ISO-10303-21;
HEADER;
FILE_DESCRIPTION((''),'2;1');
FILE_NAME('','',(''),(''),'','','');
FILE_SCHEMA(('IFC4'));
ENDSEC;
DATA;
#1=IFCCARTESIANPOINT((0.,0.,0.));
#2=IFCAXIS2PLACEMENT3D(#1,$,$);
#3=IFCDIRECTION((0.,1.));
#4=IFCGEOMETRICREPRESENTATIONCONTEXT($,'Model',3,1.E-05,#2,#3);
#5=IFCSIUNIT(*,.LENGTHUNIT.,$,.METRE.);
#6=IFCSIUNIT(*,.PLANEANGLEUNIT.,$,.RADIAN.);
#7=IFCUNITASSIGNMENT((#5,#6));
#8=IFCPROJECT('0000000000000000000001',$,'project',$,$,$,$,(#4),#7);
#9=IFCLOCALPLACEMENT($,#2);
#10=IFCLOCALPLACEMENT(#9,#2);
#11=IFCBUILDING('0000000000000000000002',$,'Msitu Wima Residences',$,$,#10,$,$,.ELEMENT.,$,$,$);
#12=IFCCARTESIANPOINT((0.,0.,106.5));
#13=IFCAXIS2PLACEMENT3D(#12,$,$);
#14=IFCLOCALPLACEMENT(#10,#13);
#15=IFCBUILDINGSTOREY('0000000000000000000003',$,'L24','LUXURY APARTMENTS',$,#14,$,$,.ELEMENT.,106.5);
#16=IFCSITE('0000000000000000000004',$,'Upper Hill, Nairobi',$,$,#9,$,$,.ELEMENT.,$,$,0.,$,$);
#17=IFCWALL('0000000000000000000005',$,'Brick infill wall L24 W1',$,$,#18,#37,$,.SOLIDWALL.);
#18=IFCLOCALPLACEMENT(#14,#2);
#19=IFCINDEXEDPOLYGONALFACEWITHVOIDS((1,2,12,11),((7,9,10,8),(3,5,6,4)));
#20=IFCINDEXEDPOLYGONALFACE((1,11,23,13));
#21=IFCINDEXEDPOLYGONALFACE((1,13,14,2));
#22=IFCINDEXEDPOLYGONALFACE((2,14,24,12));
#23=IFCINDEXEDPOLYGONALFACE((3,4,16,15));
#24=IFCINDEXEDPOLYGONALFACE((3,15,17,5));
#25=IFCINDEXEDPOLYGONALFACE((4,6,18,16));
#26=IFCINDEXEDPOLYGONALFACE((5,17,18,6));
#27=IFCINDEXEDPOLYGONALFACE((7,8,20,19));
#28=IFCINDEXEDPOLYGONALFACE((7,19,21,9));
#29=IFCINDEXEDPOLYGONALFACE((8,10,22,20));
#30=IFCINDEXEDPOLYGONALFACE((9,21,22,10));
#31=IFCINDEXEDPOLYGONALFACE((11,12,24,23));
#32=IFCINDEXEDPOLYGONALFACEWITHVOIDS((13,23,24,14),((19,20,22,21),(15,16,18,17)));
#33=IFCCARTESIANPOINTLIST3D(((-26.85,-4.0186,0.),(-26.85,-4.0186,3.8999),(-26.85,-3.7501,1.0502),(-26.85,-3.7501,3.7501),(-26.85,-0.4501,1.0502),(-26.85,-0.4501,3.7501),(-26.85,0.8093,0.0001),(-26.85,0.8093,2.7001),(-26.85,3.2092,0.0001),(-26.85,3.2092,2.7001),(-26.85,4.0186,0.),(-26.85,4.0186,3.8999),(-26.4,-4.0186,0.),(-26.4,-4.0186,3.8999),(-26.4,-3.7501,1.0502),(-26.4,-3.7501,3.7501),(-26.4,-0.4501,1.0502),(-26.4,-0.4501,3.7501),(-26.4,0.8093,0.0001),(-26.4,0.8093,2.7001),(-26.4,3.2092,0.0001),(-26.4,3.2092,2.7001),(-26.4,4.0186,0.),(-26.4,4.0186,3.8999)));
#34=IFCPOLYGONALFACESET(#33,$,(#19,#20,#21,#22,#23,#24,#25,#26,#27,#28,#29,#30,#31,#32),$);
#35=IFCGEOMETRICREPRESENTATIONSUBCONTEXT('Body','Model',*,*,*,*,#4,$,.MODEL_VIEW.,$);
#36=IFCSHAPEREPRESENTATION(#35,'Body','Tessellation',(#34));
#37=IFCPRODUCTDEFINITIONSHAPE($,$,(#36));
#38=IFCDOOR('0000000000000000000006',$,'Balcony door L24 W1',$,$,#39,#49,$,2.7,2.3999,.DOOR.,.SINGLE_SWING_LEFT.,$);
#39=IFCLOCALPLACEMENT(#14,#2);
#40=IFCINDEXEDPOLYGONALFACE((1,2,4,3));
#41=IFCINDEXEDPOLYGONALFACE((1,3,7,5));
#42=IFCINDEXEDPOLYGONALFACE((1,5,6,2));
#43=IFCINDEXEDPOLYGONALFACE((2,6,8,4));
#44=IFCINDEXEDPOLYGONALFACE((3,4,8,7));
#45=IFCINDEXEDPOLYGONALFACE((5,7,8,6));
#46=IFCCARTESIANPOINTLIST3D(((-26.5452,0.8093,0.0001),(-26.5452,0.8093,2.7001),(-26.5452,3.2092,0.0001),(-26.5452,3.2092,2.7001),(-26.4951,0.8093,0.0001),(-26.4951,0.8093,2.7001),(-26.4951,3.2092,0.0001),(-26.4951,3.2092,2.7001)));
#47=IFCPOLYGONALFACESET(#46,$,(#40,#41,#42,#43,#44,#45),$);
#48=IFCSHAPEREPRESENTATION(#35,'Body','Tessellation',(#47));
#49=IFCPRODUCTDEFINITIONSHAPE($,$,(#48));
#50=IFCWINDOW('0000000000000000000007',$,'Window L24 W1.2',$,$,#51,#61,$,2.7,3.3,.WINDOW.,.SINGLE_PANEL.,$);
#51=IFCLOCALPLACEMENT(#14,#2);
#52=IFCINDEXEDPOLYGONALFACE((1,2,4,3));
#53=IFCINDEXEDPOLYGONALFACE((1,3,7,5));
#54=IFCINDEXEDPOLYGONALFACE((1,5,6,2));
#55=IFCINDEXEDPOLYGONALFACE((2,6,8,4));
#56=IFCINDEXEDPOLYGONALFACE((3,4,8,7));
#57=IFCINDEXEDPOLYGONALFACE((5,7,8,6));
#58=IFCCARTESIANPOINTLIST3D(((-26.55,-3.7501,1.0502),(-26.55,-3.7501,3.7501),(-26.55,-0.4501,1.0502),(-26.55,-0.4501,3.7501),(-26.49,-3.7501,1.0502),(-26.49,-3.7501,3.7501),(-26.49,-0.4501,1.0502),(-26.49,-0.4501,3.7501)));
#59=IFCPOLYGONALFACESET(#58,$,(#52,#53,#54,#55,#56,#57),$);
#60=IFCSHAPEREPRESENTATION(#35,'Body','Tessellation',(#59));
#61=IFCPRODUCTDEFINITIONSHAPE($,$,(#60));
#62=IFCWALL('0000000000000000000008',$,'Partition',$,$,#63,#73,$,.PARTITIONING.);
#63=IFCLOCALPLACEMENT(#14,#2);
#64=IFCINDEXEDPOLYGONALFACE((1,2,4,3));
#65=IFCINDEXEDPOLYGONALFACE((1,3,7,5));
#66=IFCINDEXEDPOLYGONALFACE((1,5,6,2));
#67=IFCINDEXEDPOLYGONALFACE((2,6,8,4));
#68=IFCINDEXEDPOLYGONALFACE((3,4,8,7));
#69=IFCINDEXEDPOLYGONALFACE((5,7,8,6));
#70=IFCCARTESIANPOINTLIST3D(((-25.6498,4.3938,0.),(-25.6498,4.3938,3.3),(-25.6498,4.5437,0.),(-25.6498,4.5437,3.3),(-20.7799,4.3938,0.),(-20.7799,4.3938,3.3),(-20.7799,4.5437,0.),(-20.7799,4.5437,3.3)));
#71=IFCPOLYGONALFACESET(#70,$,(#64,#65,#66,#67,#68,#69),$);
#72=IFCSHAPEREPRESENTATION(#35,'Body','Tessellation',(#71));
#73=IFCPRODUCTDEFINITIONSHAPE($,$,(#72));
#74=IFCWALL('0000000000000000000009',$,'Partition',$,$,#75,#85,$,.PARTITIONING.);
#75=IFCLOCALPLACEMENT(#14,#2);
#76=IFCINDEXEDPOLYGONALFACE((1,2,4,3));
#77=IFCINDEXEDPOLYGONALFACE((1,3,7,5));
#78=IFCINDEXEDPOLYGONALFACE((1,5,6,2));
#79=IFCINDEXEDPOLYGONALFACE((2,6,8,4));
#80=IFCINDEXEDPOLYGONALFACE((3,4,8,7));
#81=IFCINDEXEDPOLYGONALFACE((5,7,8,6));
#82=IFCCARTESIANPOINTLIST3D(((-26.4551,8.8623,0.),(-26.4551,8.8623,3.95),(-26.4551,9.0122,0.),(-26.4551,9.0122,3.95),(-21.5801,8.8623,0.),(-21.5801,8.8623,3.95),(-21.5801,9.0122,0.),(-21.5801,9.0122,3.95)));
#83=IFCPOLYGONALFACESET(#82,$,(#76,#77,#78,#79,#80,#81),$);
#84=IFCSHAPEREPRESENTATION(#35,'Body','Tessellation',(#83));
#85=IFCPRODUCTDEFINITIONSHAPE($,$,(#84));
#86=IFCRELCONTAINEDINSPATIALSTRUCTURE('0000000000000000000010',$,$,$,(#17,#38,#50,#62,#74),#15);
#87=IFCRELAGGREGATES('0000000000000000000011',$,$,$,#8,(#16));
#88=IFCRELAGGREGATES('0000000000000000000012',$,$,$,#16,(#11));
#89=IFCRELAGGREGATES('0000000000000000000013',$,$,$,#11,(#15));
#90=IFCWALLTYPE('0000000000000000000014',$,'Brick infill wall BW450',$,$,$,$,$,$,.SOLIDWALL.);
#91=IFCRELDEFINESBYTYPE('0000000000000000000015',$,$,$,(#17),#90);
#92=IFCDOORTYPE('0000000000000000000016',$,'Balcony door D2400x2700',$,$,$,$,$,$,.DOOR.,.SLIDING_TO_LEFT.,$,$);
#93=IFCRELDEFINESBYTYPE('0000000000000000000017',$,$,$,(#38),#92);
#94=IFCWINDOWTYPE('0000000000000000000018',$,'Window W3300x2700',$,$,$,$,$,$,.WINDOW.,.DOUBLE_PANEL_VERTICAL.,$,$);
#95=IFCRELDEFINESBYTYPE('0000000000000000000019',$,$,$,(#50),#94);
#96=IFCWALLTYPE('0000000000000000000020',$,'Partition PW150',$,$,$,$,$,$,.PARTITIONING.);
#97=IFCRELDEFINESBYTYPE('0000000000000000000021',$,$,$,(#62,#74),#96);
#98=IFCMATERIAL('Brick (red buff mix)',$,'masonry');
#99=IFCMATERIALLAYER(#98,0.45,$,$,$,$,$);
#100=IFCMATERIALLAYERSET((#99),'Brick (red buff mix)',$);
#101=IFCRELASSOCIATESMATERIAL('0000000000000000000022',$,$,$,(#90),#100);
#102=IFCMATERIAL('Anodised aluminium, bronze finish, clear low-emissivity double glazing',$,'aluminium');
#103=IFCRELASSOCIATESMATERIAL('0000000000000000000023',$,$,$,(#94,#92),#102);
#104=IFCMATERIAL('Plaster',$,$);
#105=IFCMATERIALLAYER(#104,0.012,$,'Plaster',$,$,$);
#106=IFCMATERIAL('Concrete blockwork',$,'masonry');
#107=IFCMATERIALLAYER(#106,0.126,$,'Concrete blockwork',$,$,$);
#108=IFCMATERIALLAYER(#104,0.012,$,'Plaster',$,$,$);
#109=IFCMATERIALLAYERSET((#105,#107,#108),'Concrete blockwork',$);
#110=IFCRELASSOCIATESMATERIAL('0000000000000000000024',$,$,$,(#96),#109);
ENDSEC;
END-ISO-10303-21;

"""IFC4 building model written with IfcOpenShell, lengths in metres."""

from ifc_helpers import new_model, si_unit, direction, frame, frame_2d, origin, place, context, subcontext, project, spatial, rectangle, extrude, material, layer, layer_set, type_object, element, fill, save


model = new_model("IFC4")

# Units and contexts
model_context = context("Model", 3, precision=1e-05, world=origin(), true_north=direction((0.0, 1.0)))
body_context = subcontext(model_context, "Body", "Model", "MODEL_VIEW")
ifc_project = project(units=[si_unit("LENGTHUNIT", "METRE"), si_unit("PLANEANGLEUNIT", "RADIAN")], contexts=[model_context])

# Site, building, storey
site_placement = place(None, origin())
site = spatial("IfcSite", under=ifc_project, at=site_placement, Name="Upper Hill, Nairobi", CompositionType="ELEMENT", RefElevation=0.0)
building_placement = place(site_placement, origin())
building = spatial("IfcBuilding", under=site, at=building_placement, Name="Msitu Wima Residences", CompositionType="ELEMENT")
storey_placement = place(building_placement, frame((0.0, 0.0, 106.5)))
storey = spatial("IfcBuildingStorey", under=building, at=storey_placement, Name="L24", Description="LUXURY APARTMENTS", CompositionType="ELEMENT", Elevation=106.5)

# Shared definitions
ifc_material_1 = material(Name="Brick (red buff mix)", Category="masonry")
ifc_layer_1 = layer(ifc_material_1, 0.45)
ifc_layer_set_1 = layer_set([ifc_layer_1], Name="Brick (red buff mix)")
wall_type_1 = type_object("IfcWallType", Name="Brick infill wall BW450", PredefinedType="SOLIDWALL", material=ifc_layer_set_1)
ifc_material_2 = material(Name="Anodised aluminium, bronze finish, clear low-emissivity double glazing", Category="aluminium")
window_type = type_object("IfcWindowType", Name="Window W3300x2700", PartitioningType="DOUBLE_PANEL_VERTICAL", PredefinedType="WINDOW", material=ifc_material_2)

# Wall, openings, door, window
wall_1_placement = place(storey_placement, frame((-26.625, 4.0186, 0.0), z_axis=(0.0, 0.0, 1.0), x_axis=(0.0, -1.0, 0.0)))
wall_1 = element("IfcWall", 1, at=wall_1_placement, inside=storey, type_object=wall_type_1, Name="Brick infill wall L24 W1", PredefinedType="SOLIDWALL", context=body_context, shape_type="SweptSolid", body=[
    extrude(rectangle(XDim=8.0371, YDim=0.45, at=frame_2d((4.0186, 0.0))), origin(), (0.0, 0.0, 1.0), 3.8999),
])
opening_1_placement = place(wall_1_placement, frame((0.8093, 0.0, 0.0)))
opening_1 = element("IfcOpeningElement", 2, at=opening_1_placement, cuts=wall_1, PredefinedType="OPENING", context=body_context, shape_type="SweptSolid", body=[
    extrude(rectangle(XDim=2.3999, YDim=2.7, at=frame_2d((1.2, 1.3501))), frame((0.0, 0.2349, 0.0), z_axis=(0.0, -1.0, 0.0), x_axis=(1.0, 0.0, 0.0)), (0.0, 0.0, 1.0), 0.47),
])
opening_2_placement = place(wall_1_placement, frame((4.4688, 0.0, 1.05)))
opening_2 = element("IfcOpeningElement", 3, at=opening_2_placement, cuts=wall_1, PredefinedType="OPENING", context=body_context, shape_type="SweptSolid", body=[
    extrude(rectangle(XDim=3.3, YDim=2.7, at=frame_2d((1.6499, 1.3501))), frame((0.0, 0.2349, 0.0), z_axis=(0.0, -1.0, 0.0), x_axis=(1.0, 0.0, 0.0)), (0.0, 0.0, 1.0), 0.47),
])
door_type = type_object("IfcDoorType", Name="Balcony door D2400x2700", OperationType="SLIDING_TO_LEFT", PredefinedType="DOOR", material=ifc_material_2)
door_placement = place(opening_1_placement, origin())
door = element("IfcDoor", 4, at=door_placement, inside=storey, type_object=door_type, Name="Balcony door L24 W1", OperationType="SINGLE_SWING_LEFT", OverallHeight=2.7, OverallWidth=2.3999, PredefinedType="DOOR", context=body_context, shape_type="SweptSolid", body=[
    extrude(rectangle(XDim=2.3999, YDim=2.7, at=frame_2d((1.2, 1.3501))), frame((0.0, 0.1299, 0.0), z_axis=(0.0, -1.0, 0.0), x_axis=(1.0, 0.0, 0.0)), (0.0, 0.0, 1.0), 0.05),
])
fill(opening_1, door)
window_1_placement = place(opening_2_placement, origin())
window_1 = element("IfcWindow", 5, at=window_1_placement, inside=storey, type_object=window_type, Name="Window L24 W1.2", OverallHeight=2.7, OverallWidth=3.3, PartitioningType="SINGLE_PANEL", PredefinedType="WINDOW", context=body_context, shape_type="SweptSolid", body=[
    extrude(rectangle(XDim=3.3, YDim=2.7, at=frame_2d((1.6499, 1.3501))), frame((0.0, 0.135, 0.0), z_axis=(0.0, -1.0, 0.0), x_axis=(1.0, 0.0, 0.0)), (0.0, 0.0, 1.0), 0.0601),
])
fill(opening_2, window_1)

# Walls
ifc_material_3 = material(Name="Plaster")
ifc_layer_2 = layer(ifc_material_3, 0.012, Name="Plaster")
ifc_material_4 = material(Name="Concrete blockwork", Category="masonry")
ifc_layer_3 = layer(ifc_material_4, 0.126, Name="Concrete blockwork")
ifc_layer_4 = layer(ifc_material_3, 0.012, Name="Plaster")
ifc_layer_set_2 = layer_set([ifc_layer_2, ifc_layer_3, ifc_layer_4], Name="Concrete blockwork")
wall_type_2 = type_object("IfcWallType", Name="Partition PW150", PredefinedType="PARTITIONING", material=ifc_layer_set_2)
wall_2_placement = place(storey_placement, frame((-25.6499, 4.4688, 0.0), z_axis=(0.0, 0.0, 1.0), x_axis=(1.0, 0.0, 0.0)))
element("IfcWall", 6, at=wall_2_placement, inside=storey, type_object=wall_type_2, Name="Partition", PredefinedType="PARTITIONING", context=body_context, shape_type="SweptSolid", body=[
    extrude(rectangle(XDim=4.8699, YDim=0.1499, at=frame_2d((2.4351, 0.0))), origin(), (0.0, 0.0, 1.0), 3.3),
])
wall_3_placement = place(storey_placement, frame((-26.4551, 8.9373, 0.0), z_axis=(0.0, 0.0, 1.0), x_axis=(1.0, 0.0, 0.0)))
element("IfcWall", 7, at=wall_3_placement, inside=storey, type_object=wall_type_2, Name="Partition", PredefinedType="PARTITIONING", context=body_context, shape_type="SweptSolid", body=[
    extrude(rectangle(XDim=4.875, YDim=0.1499, at=frame_2d((2.4375, 0.0))), origin(), (0.0, 0.0, 1.0), 3.95),
])

save(model, "model.ifc")
